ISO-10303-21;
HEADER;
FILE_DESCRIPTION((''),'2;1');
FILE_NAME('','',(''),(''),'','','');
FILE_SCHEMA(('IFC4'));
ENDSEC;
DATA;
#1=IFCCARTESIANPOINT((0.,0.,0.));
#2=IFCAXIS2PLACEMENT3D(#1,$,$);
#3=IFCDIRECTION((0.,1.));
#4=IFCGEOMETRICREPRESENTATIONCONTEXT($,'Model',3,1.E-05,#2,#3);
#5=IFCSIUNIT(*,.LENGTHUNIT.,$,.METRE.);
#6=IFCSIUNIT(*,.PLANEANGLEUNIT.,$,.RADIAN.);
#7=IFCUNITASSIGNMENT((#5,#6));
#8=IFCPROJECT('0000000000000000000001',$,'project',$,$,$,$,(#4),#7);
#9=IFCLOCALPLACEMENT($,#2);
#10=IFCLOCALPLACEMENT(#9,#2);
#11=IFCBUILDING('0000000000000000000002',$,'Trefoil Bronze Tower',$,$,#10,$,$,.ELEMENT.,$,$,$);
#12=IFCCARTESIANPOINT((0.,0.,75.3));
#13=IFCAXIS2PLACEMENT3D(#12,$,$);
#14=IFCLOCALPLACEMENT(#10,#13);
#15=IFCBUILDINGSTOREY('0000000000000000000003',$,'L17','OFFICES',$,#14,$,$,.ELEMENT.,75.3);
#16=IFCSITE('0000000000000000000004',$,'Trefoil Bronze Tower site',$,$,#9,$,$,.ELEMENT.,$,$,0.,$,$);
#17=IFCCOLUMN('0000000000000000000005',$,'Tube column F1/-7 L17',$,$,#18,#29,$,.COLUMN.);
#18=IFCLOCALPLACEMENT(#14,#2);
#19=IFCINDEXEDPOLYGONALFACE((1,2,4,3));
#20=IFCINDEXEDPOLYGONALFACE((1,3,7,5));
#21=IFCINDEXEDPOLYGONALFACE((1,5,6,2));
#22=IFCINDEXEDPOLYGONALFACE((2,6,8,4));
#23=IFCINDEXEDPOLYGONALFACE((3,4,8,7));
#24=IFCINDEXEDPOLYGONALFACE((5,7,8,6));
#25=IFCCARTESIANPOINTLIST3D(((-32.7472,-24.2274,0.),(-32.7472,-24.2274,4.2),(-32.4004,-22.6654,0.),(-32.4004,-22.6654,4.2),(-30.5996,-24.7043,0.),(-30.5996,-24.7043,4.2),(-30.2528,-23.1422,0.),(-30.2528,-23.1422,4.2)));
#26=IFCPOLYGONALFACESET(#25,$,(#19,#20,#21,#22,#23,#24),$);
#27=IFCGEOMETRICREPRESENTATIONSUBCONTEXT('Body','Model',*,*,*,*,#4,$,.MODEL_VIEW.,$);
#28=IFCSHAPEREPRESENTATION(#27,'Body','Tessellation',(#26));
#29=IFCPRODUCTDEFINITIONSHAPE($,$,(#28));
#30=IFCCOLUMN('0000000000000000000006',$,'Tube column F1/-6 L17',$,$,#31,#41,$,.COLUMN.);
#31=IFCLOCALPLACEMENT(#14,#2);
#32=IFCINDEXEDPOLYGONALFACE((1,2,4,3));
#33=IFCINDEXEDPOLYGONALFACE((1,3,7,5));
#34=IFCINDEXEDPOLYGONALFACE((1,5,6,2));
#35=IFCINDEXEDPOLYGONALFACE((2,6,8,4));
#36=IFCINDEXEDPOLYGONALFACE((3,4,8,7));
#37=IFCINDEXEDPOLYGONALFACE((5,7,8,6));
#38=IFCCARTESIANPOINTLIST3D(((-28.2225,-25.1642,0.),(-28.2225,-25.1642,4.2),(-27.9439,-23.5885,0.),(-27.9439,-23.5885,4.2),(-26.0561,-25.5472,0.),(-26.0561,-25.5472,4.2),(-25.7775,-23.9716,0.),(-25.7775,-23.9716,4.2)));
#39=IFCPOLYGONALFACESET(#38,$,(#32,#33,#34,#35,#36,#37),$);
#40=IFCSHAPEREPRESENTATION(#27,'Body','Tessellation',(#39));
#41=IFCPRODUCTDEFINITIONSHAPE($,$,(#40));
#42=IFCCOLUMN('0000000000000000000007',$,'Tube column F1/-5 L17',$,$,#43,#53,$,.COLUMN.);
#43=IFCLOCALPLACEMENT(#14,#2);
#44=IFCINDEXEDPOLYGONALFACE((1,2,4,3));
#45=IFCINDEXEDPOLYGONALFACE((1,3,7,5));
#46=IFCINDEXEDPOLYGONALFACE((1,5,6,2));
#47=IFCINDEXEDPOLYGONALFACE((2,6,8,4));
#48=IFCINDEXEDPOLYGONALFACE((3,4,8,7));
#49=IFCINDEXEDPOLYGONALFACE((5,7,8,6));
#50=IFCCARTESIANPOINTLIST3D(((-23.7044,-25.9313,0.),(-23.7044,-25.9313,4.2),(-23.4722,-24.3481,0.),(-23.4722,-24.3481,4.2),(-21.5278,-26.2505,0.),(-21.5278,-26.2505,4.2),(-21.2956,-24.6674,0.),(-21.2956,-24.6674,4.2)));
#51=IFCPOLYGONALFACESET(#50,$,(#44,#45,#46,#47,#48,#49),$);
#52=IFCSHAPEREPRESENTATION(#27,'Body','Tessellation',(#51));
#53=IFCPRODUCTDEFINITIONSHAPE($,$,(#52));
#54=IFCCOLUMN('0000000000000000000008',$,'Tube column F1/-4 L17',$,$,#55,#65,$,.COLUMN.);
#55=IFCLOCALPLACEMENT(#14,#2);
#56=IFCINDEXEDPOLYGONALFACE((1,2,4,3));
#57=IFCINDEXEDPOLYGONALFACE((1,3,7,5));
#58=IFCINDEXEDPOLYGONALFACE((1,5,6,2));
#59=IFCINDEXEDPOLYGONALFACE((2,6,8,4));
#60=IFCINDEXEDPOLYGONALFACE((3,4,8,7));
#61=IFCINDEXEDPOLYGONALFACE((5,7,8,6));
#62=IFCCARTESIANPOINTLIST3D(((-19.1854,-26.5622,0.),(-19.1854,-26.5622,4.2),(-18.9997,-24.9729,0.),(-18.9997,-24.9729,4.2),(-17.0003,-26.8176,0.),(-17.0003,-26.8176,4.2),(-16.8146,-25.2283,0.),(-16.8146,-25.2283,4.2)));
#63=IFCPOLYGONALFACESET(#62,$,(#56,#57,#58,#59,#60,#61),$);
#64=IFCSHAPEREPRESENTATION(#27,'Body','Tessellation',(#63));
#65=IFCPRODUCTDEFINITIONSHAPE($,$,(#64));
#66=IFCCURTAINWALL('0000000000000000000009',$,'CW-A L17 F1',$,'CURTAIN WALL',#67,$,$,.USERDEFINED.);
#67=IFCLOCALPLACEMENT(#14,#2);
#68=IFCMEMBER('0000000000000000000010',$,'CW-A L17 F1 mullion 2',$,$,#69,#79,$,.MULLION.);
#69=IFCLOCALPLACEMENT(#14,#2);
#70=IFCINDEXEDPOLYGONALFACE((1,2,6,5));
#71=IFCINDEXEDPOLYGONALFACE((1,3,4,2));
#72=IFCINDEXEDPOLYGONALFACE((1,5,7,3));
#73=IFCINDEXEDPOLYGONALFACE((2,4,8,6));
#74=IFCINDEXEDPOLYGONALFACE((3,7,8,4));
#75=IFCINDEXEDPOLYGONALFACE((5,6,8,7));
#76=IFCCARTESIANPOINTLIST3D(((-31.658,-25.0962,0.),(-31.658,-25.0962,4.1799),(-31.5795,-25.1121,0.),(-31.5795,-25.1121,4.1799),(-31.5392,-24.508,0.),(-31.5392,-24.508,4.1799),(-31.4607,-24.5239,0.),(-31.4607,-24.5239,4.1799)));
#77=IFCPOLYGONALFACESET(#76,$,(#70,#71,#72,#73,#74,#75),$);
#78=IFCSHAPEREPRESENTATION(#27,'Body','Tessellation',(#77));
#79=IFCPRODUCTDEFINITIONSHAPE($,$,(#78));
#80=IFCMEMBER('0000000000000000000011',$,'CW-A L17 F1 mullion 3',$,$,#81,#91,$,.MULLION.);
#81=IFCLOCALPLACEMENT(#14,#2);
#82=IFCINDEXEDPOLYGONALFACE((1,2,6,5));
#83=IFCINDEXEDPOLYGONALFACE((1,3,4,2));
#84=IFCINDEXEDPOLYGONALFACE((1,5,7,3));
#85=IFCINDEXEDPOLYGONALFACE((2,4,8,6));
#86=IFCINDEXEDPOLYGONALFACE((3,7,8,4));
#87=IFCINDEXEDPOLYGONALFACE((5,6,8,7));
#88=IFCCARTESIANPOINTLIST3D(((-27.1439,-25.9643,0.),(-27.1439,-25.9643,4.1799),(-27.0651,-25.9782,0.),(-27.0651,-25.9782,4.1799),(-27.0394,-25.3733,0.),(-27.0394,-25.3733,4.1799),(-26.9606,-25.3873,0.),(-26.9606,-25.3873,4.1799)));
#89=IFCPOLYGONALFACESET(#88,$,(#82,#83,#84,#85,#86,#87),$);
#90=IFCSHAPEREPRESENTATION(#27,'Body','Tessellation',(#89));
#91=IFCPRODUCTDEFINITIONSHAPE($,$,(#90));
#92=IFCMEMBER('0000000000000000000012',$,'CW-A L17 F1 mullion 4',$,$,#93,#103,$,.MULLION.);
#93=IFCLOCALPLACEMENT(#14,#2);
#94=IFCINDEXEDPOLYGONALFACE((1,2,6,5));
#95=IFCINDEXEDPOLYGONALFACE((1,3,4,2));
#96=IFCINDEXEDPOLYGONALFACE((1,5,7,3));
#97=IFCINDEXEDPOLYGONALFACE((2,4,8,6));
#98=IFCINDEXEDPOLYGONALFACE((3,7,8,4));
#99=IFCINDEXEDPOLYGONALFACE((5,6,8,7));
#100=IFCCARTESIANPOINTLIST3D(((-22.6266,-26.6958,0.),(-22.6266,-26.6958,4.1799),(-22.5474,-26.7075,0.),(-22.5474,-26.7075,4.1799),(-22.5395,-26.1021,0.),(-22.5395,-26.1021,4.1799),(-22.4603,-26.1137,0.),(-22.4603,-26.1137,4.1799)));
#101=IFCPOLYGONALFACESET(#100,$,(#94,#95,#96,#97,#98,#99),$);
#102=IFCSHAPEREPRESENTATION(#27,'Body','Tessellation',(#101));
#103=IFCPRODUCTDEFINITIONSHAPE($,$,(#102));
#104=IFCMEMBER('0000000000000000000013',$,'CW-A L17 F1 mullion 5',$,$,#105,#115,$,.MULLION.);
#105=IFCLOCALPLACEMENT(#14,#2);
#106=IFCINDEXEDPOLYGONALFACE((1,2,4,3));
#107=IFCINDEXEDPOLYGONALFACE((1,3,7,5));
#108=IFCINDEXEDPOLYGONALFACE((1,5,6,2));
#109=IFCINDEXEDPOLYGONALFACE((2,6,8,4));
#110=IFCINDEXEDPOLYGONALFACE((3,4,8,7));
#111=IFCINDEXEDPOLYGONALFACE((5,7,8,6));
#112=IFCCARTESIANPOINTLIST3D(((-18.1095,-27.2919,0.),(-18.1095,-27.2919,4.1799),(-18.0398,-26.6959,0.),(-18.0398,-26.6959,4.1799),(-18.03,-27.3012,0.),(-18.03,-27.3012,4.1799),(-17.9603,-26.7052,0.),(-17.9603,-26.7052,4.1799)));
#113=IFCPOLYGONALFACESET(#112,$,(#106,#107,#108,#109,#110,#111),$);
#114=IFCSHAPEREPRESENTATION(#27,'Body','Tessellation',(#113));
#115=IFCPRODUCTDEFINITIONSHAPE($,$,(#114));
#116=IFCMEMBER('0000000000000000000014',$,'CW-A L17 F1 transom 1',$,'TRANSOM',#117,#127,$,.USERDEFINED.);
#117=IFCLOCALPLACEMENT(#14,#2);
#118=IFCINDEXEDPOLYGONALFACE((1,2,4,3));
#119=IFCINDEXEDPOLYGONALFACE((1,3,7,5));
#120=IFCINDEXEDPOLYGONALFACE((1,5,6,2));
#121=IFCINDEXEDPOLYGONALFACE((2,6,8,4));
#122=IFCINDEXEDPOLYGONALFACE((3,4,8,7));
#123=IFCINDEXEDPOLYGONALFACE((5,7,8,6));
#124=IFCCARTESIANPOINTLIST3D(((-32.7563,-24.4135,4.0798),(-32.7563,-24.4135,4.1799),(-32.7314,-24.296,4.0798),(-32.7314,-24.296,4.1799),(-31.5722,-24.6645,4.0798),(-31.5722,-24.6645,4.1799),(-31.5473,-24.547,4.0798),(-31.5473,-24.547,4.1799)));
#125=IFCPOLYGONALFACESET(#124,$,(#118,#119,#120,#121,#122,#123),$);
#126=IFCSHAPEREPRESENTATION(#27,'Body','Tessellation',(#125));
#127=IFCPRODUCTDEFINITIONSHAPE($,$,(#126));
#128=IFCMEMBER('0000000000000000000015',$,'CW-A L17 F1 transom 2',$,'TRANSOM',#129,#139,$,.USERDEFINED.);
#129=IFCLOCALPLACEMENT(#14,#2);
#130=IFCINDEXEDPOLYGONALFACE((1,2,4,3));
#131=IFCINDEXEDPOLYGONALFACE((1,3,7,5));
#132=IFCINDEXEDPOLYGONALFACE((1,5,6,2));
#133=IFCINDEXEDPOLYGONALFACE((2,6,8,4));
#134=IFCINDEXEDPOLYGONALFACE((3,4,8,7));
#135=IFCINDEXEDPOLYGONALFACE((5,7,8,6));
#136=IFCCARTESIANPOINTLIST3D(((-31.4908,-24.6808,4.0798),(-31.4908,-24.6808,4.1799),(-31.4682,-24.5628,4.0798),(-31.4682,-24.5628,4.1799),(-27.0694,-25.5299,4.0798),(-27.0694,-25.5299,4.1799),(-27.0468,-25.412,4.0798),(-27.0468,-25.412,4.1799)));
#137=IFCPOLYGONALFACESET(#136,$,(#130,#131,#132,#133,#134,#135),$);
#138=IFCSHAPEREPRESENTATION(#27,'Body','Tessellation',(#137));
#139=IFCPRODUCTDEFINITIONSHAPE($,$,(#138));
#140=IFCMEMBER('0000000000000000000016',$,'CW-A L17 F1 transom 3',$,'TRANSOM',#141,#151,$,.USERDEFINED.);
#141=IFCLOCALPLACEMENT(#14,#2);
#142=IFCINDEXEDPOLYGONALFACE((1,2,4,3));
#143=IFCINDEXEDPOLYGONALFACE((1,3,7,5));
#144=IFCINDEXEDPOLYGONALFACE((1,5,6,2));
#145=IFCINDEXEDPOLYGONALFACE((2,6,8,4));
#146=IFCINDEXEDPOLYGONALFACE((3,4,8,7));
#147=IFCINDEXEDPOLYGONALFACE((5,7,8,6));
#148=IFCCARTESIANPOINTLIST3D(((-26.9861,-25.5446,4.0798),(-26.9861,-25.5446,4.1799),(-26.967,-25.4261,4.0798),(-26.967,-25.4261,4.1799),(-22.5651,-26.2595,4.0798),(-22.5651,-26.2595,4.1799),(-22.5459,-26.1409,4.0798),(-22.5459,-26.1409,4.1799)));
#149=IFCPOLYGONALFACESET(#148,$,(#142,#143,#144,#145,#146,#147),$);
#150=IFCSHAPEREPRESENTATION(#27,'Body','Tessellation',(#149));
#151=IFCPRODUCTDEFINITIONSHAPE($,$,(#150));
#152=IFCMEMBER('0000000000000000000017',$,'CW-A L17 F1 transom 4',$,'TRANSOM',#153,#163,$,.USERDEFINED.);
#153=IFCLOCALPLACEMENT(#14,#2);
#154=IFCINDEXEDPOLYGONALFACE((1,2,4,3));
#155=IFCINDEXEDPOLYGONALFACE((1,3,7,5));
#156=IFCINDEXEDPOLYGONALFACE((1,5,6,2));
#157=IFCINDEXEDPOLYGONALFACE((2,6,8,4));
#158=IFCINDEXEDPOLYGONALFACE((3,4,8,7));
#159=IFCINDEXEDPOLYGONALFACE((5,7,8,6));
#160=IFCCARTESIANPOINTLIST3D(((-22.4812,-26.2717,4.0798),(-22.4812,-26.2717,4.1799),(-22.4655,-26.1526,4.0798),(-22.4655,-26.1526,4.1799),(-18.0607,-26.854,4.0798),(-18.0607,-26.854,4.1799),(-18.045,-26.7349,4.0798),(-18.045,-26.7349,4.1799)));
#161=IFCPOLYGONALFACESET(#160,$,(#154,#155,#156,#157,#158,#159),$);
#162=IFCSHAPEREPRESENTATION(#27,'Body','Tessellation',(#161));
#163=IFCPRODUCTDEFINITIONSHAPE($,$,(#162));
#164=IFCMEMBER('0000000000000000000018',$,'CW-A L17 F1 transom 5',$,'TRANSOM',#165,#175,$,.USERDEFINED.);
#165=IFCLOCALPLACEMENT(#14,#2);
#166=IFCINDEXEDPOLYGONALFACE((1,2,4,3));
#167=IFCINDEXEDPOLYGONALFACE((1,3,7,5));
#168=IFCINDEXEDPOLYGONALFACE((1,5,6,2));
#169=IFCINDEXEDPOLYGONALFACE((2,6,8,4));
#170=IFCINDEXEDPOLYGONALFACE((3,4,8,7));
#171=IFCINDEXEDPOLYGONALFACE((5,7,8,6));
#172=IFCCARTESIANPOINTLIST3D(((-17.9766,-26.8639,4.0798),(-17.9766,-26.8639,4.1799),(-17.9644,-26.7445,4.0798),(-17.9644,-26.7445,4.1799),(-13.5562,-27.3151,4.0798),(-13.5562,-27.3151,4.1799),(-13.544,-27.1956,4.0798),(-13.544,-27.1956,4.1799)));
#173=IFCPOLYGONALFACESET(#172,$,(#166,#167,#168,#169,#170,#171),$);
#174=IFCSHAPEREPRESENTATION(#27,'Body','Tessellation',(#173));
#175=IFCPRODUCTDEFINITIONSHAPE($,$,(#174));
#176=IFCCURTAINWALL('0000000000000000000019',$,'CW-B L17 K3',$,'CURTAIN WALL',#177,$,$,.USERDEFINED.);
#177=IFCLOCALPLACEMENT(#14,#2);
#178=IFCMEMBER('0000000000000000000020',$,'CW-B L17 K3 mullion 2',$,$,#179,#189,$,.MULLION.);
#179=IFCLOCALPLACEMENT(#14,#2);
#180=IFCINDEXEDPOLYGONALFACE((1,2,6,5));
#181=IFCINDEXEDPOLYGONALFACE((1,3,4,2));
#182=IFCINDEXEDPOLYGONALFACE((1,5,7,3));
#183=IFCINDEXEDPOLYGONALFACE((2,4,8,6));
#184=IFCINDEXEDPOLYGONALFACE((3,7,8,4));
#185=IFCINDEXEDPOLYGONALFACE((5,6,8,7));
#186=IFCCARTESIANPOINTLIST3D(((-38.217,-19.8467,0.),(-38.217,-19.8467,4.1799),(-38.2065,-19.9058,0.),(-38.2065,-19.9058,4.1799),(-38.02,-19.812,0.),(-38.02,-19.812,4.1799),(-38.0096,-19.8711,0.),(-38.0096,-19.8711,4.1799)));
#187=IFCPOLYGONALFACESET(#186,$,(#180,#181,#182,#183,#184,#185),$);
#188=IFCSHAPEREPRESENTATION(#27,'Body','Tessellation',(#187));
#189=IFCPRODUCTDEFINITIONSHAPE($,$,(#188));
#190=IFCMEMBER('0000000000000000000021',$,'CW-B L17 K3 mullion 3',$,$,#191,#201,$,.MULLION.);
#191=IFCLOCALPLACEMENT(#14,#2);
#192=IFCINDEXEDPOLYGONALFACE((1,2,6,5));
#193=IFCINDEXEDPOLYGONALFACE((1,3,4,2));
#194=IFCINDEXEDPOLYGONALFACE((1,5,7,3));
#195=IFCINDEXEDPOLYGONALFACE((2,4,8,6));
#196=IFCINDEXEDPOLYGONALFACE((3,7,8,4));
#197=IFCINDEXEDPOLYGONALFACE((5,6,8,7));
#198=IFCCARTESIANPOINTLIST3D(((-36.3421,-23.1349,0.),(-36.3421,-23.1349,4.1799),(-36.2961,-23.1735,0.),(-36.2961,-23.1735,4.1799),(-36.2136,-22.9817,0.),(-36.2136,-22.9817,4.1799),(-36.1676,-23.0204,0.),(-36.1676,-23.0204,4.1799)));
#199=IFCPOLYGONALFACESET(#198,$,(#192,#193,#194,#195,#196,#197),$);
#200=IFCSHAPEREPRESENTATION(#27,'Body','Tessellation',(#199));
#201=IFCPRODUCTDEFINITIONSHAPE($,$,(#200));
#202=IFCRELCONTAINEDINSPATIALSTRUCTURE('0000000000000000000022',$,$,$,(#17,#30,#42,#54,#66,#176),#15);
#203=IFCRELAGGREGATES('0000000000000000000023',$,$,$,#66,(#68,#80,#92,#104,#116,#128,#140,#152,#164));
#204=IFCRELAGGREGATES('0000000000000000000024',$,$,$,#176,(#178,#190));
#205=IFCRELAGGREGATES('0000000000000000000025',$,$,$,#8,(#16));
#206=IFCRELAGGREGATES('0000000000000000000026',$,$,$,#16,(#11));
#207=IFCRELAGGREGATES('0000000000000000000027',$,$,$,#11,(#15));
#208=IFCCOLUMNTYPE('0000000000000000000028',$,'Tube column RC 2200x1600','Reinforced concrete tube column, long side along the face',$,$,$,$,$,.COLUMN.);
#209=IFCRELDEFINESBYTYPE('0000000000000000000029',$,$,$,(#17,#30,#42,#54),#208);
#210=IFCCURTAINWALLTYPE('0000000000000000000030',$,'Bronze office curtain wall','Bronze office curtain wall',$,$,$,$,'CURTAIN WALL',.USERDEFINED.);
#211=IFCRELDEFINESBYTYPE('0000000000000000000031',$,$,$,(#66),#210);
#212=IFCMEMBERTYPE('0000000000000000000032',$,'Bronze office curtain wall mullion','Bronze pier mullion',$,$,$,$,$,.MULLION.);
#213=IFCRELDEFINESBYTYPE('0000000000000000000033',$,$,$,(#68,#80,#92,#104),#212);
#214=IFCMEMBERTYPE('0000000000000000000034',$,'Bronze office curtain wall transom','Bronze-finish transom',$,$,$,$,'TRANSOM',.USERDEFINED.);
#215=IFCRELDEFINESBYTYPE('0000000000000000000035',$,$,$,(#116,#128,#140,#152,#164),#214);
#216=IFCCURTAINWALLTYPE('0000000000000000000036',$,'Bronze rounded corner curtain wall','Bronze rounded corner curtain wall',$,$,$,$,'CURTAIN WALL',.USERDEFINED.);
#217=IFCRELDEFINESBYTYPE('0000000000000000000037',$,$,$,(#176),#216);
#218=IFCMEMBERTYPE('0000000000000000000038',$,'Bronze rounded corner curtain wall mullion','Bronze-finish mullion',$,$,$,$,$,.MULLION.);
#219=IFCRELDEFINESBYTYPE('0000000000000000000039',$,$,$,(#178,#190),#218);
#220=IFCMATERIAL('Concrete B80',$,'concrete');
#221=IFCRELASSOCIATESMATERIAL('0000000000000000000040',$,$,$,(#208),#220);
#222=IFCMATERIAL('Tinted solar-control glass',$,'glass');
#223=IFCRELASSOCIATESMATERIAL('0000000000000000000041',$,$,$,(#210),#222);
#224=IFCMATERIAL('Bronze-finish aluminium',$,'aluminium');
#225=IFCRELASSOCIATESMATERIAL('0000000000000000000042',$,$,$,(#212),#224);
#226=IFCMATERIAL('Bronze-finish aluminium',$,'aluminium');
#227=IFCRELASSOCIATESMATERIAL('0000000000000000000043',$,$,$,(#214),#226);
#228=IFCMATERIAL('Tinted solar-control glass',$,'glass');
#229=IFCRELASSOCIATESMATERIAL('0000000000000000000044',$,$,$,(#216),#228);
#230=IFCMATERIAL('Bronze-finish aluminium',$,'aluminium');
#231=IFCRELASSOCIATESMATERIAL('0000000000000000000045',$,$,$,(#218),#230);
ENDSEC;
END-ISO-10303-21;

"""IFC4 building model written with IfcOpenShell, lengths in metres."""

from ifc_helpers import new_model, si_unit, direction, frame, origin, origin_2d, place, context, subcontext, project, spatial, rectangle, extrude, material, material_profile, profile_set, type_object, element, aggregate, save


model = new_model("IFC4")

# Units and contexts
model_context = context("Model", 3, precision=1e-05, world=origin(), true_north=direction((0.0, 1.0)))
body_context = subcontext(model_context, "Body", "Model", "MODEL_VIEW")
ifc_project = project(units=[si_unit("LENGTHUNIT", "METRE"), si_unit("PLANEANGLEUNIT", "RADIAN")], contexts=[model_context])

# Site, building, storey
site_placement = place(None, origin())
site = spatial("IfcSite", under=ifc_project, at=site_placement, Name="Trefoil Bronze Tower site", CompositionType="ELEMENT", RefElevation=0.0)
building_placement = place(site_placement, origin())
building = spatial("IfcBuilding", under=site, at=building_placement, Name="Trefoil Bronze Tower", CompositionType="ELEMENT")
storey_placement = place(building_placement, frame((0.0, 0.0, 75.3)))
storey = spatial("IfcBuildingStorey", under=building, at=storey_placement, Name="L17", Description="OFFICES", CompositionType="ELEMENT", Elevation=75.3)

# Columns
ifc_material_1 = material(Name="Concrete B80", Category="concrete")
ifc_material_profile_1 = material_profile(ifc_material_1, rectangle(XDim=2.2, YDim=1.6001, at=origin_2d()), Name="RC 2200x1600")
ifc_profile_set_1 = profile_set([ifc_material_profile_1], Name="Concrete B80")
column_type = type_object("IfcColumnType", Name="Tube column RC 2200x1600", Description="Reinforced concrete tube column, long side along the face", PredefinedType="COLUMN", material=ifc_profile_set_1)
for number, where, z_axis, x_axis, name in (
    (1, (-31.5, -23.6848, 0.0), (0.0, 0.0, 1.0), (0.97623, -0.216739, 0.0), "Tube column F1/-7 L17"),
    (2, (-27.0, -24.5679, 0.0), (0.0, 0.0, 1.0), (0.984722, -0.174131, 0.0), "Tube column F1/-6 L17"),
    (3, (-22.5, -25.2993, 0.0), (0.0, 0.0, 1.0), (0.989416, -0.145109, 0.0), "Tube column F1/-5 L17"),
    (4, (-18.0, -25.8953, 0.0), (0.0, 0.0, 1.0), (0.993239, -0.116087, 0.0), "Tube column F1/-4 L17"),
):
    element("IfcColumn", number, at=place(storey_placement, frame(where, z_axis=z_axis, x_axis=x_axis)), inside=storey, type_object=column_type, Name=name, PredefinedType="COLUMN", context=body_context, shape_type="SweptSolid", body=[
        extrude(rectangle(XDim=2.2, YDim=1.6001, at=origin_2d()), origin(), (0.0, 0.0, 1.0), 4.2),
    ])

# Curtain walls, members
ifc_material_2 = material(Name="Tinted solar-control glass", Category="glass")
curtain_wall_type_1 = type_object("IfcCurtainWallType", Name="Bronze office curtain wall", Description="Bronze office curtain wall", ElementType="CURTAIN WALL", PredefinedType="USERDEFINED", material=ifc_material_2)
curtain_wall_1_placement = place(storey_placement, origin())
curtain_wall_1 = element("IfcCurtainWall", 5, at=curtain_wall_1_placement, inside=storey, type_object=curtain_wall_type_1, Name="CW-A L17 F1", ObjectType="CURTAIN WALL", PredefinedType="USERDEFINED")
ifc_material_3 = material(Name="Bronze-finish aluminium", Category="aluminium")
ifc_material_profile_2 = material_profile(ifc_material_3, rectangle(XDim=0.6001, YDim=0.0801, at=origin_2d()), Name="CW-A mullion")
ifc_profile_set_2 = profile_set([ifc_material_profile_2], Name="Bronze-finish aluminium")
member_type_1 = type_object("IfcMemberType", Name="Bronze office curtain wall mullion", Description="Bronze pier mullion", PredefinedType="MULLION", material=ifc_profile_set_2)
member_1_placement = place(storey_placement, frame((-31.5593, -24.8101, 0.0), z_axis=(0.0, 0.0, 1.0), x_axis=(0.19791, 0.98022, 0.0)))
member_1 = element("IfcMember", 6, at=member_1_placement, type_object=member_type_1, Name="CW-A L17 F1 mullion 2", PredefinedType="MULLION", context=body_context, shape_type="SweptSolid", body=[
    extrude(rectangle(XDim=0.6001, YDim=0.0801, at=origin_2d()), origin(), (0.0, 0.0, 1.0), 4.1799),
])
member_2_placement = place(storey_placement, frame((-27.0522, -25.6758, 0.0), z_axis=(0.0, 0.0, 1.0), x_axis=(0.174131, 0.984722, 0.0)))
member_2 = element("IfcMember", 7, at=member_2_placement, type_object=member_type_1, Name="CW-A L17 F1 mullion 3", PredefinedType="MULLION", context=body_context, shape_type="SweptSolid", body=[
    extrude(rectangle(XDim=0.6001, YDim=0.0801, at=origin_2d()), origin(), (0.0, 0.0, 1.0), 4.1799),
])
member_3_placement = place(storey_placement, frame((-22.5435, -26.4048, 0.0), z_axis=(0.0, 0.0, 1.0), x_axis=(0.145109, 0.989416, 0.0)))
member_3 = element("IfcMember", 8, at=member_3_placement, type_object=member_type_1, Name="CW-A L17 F1 mullion 4", PredefinedType="MULLION", context=body_context, shape_type="SweptSolid", body=[
    extrude(rectangle(XDim=0.6001, YDim=0.0801, at=origin_2d()), origin(), (0.0, 0.0, 1.0), 4.1799),
])
member_4_placement = place(storey_placement, frame((-18.0349, -26.9985, 0.0), z_axis=(0.0, 0.0, 1.0), x_axis=(0.116087, 0.993239, 0.0)))
member_4 = element("IfcMember", 9, at=member_4_placement, type_object=member_type_1, Name="CW-A L17 F1 mullion 5", PredefinedType="MULLION", context=body_context, shape_type="SweptSolid", body=[
    extrude(rectangle(XDim=0.6001, YDim=0.0801, at=origin_2d()), origin(), (0.0, 0.0, 1.0), 4.1799),
])
ifc_material_4 = material(Name="Bronze-finish aluminium", Category="aluminium")
ifc_material_profile_3 = material_profile(ifc_material_4, rectangle(XDim=0.1201, YDim=0.1001, at=origin_2d()), Name="CW-A transom")
ifc_profile_set_3 = profile_set([ifc_material_profile_3], Name="Bronze-finish aluminium")
member_type_2 = type_object("IfcMemberType", Name="Bronze office curtain wall transom", Description="Bronze-finish transom", ElementType="TRANSOM", PredefinedType="USERDEFINED", material=ifc_profile_set_3)
member_5_placement = place(storey_placement, frame((-32.7439, -24.3547, 4.1299), z_axis=(0.978266, -0.207352, 0.0), x_axis=(0.207352, 0.978266, 0.0)))
member_5 = element("IfcMember", 10, at=member_5_placement, type_object=member_type_2, Name="CW-A L17 F1 transom 1", ObjectType="TRANSOM", PredefinedType="USERDEFINED", context=body_context, shape_type="SweptSolid", body=[
    extrude(rectangle(XDim=0.1201, YDim=0.1001, at=origin_2d()), origin(), (0.0, 0.0, 1.0), 1.2104),
])
member_6_placement = place(storey_placement, frame((-31.4795, -24.6218, 4.1299), z_axis=(0.982054, -0.188602, 0.0), x_axis=(0.188602, 0.982054, 0.0)))
member_6 = element("IfcMember", 11, at=member_6_placement, type_object=member_type_2, Name="CW-A L17 F1 transom 2", ObjectType="TRANSOM", PredefinedType="USERDEFINED", context=body_context, shape_type="SweptSolid", body=[
    extrude(rectangle(XDim=0.1201, YDim=0.1001, at=origin_2d()), origin(), (0.0, 0.0, 1.0), 4.5022),
])
member_7_placement = place(storey_placement, frame((-26.9766, -25.4854, 4.1299), z_axis=(0.987179, -0.159615, 0.0), x_axis=(0.159615, 0.987179, 0.0)))
member_7 = element("IfcMember", 12, at=member_7_placement, type_object=member_type_2, Name="CW-A L17 F1 transom 3", ObjectType="TRANSOM", PredefinedType="USERDEFINED", context=body_context, shape_type="SweptSolid", body=[
    extrude(rectangle(XDim=0.1201, YDim=0.1001, at=origin_2d()), origin(), (0.0, 0.0, 1.0), 4.4785),
])
member_8_placement = place(storey_placement, frame((-22.4734, -26.2122, 4.1299), z_axis=(0.991437, -0.130589, 0.0), x_axis=(0.130589, 0.991437, 0.0)))
member_8 = element("IfcMember", 13, at=member_8_placement, type_object=member_type_2, Name="CW-A L17 F1 transom 4", ObjectType="TRANSOM", PredefinedType="USERDEFINED", context=body_context, shape_type="SweptSolid", body=[
    extrude(rectangle(XDim=0.1201, YDim=0.1001, at=origin_2d()), origin(), (0.0, 0.0, 1.0), 4.4587),
])
member_9_placement = place(storey_placement, frame((-17.9705, -26.8042, 4.1299), z_axis=(0.994832, -0.101538, 0.0), x_axis=(0.101538, 0.994832, 0.0)))
member_9 = element("IfcMember", 14, at=member_9_placement, type_object=member_type_2, Name="CW-A L17 F1 transom 5", ObjectType="TRANSOM", PredefinedType="USERDEFINED", context=body_context, shape_type="SweptSolid", body=[
    extrude(rectangle(XDim=0.1201, YDim=0.1001, at=origin_2d()), origin(), (0.0, 0.0, 1.0), 4.4434),
])
ifc_material_5 = material(Name="Tinted solar-control glass", Category="glass")
curtain_wall_type_2 = type_object("IfcCurtainWallType", Name="Bronze rounded corner curtain wall", Description="Bronze rounded corner curtain wall", ElementType="CURTAIN WALL", PredefinedType="USERDEFINED", material=ifc_material_5)
curtain_wall_2_placement = place(storey_placement, origin())
curtain_wall_2 = element("IfcCurtainWall", 15, at=curtain_wall_2_placement, inside=storey, type_object=curtain_wall_type_2, Name="CW-B L17 K3", ObjectType="CURTAIN WALL", PredefinedType="USERDEFINED")
ifc_material_6 = material(Name="Bronze-finish aluminium", Category="aluminium")
ifc_material_profile_4 = material_profile(ifc_material_6, rectangle(XDim=0.2, YDim=0.0601, at=origin_2d()), Name="CW-B mullion")
ifc_profile_set_4 = profile_set([ifc_material_profile_4], Name="Bronze-finish aluminium")
member_type_3 = type_object("IfcMemberType", Name="Bronze rounded corner curtain wall mullion", Description="Bronze-finish mullion", PredefinedType="MULLION", material=ifc_profile_set_4)
member_10_placement = place(storey_placement, frame((-38.1133, -19.8589, 0.0), z_axis=(0.0, 0.0, 1.0), x_axis=(0.984808, 0.173648, 0.0)))
member_10 = element("IfcMember", 16, at=member_10_placement, type_object=member_type_3, Name="CW-B L17 K3 mullion 2", PredefinedType="MULLION", context=body_context, shape_type="SweptSolid", body=[
    extrude(rectangle(XDim=0.2, YDim=0.0601, at=origin_2d()), origin(), (0.0, 0.0, 1.0), 4.1799),
])
member_11_placement = place(storey_placement, frame((-36.2549, -23.0776, 0.0), z_axis=(0.0, 0.0, 1.0), x_axis=(0.642788, 0.766044, 0.0)))
member_11 = element("IfcMember", 17, at=member_11_placement, type_object=member_type_3, Name="CW-B L17 K3 mullion 3", PredefinedType="MULLION", context=body_context, shape_type="SweptSolid", body=[
    extrude(rectangle(XDim=0.2, YDim=0.0601, at=origin_2d()), origin(), (0.0, 0.0, 1.0), 4.1799),
])

aggregate(curtain_wall_1, [member_1, member_2, member_3, member_4, member_5, member_6, member_7, member_8, member_9])
aggregate(curtain_wall_2, [member_10, member_11])

save(model, "model.ifc")
